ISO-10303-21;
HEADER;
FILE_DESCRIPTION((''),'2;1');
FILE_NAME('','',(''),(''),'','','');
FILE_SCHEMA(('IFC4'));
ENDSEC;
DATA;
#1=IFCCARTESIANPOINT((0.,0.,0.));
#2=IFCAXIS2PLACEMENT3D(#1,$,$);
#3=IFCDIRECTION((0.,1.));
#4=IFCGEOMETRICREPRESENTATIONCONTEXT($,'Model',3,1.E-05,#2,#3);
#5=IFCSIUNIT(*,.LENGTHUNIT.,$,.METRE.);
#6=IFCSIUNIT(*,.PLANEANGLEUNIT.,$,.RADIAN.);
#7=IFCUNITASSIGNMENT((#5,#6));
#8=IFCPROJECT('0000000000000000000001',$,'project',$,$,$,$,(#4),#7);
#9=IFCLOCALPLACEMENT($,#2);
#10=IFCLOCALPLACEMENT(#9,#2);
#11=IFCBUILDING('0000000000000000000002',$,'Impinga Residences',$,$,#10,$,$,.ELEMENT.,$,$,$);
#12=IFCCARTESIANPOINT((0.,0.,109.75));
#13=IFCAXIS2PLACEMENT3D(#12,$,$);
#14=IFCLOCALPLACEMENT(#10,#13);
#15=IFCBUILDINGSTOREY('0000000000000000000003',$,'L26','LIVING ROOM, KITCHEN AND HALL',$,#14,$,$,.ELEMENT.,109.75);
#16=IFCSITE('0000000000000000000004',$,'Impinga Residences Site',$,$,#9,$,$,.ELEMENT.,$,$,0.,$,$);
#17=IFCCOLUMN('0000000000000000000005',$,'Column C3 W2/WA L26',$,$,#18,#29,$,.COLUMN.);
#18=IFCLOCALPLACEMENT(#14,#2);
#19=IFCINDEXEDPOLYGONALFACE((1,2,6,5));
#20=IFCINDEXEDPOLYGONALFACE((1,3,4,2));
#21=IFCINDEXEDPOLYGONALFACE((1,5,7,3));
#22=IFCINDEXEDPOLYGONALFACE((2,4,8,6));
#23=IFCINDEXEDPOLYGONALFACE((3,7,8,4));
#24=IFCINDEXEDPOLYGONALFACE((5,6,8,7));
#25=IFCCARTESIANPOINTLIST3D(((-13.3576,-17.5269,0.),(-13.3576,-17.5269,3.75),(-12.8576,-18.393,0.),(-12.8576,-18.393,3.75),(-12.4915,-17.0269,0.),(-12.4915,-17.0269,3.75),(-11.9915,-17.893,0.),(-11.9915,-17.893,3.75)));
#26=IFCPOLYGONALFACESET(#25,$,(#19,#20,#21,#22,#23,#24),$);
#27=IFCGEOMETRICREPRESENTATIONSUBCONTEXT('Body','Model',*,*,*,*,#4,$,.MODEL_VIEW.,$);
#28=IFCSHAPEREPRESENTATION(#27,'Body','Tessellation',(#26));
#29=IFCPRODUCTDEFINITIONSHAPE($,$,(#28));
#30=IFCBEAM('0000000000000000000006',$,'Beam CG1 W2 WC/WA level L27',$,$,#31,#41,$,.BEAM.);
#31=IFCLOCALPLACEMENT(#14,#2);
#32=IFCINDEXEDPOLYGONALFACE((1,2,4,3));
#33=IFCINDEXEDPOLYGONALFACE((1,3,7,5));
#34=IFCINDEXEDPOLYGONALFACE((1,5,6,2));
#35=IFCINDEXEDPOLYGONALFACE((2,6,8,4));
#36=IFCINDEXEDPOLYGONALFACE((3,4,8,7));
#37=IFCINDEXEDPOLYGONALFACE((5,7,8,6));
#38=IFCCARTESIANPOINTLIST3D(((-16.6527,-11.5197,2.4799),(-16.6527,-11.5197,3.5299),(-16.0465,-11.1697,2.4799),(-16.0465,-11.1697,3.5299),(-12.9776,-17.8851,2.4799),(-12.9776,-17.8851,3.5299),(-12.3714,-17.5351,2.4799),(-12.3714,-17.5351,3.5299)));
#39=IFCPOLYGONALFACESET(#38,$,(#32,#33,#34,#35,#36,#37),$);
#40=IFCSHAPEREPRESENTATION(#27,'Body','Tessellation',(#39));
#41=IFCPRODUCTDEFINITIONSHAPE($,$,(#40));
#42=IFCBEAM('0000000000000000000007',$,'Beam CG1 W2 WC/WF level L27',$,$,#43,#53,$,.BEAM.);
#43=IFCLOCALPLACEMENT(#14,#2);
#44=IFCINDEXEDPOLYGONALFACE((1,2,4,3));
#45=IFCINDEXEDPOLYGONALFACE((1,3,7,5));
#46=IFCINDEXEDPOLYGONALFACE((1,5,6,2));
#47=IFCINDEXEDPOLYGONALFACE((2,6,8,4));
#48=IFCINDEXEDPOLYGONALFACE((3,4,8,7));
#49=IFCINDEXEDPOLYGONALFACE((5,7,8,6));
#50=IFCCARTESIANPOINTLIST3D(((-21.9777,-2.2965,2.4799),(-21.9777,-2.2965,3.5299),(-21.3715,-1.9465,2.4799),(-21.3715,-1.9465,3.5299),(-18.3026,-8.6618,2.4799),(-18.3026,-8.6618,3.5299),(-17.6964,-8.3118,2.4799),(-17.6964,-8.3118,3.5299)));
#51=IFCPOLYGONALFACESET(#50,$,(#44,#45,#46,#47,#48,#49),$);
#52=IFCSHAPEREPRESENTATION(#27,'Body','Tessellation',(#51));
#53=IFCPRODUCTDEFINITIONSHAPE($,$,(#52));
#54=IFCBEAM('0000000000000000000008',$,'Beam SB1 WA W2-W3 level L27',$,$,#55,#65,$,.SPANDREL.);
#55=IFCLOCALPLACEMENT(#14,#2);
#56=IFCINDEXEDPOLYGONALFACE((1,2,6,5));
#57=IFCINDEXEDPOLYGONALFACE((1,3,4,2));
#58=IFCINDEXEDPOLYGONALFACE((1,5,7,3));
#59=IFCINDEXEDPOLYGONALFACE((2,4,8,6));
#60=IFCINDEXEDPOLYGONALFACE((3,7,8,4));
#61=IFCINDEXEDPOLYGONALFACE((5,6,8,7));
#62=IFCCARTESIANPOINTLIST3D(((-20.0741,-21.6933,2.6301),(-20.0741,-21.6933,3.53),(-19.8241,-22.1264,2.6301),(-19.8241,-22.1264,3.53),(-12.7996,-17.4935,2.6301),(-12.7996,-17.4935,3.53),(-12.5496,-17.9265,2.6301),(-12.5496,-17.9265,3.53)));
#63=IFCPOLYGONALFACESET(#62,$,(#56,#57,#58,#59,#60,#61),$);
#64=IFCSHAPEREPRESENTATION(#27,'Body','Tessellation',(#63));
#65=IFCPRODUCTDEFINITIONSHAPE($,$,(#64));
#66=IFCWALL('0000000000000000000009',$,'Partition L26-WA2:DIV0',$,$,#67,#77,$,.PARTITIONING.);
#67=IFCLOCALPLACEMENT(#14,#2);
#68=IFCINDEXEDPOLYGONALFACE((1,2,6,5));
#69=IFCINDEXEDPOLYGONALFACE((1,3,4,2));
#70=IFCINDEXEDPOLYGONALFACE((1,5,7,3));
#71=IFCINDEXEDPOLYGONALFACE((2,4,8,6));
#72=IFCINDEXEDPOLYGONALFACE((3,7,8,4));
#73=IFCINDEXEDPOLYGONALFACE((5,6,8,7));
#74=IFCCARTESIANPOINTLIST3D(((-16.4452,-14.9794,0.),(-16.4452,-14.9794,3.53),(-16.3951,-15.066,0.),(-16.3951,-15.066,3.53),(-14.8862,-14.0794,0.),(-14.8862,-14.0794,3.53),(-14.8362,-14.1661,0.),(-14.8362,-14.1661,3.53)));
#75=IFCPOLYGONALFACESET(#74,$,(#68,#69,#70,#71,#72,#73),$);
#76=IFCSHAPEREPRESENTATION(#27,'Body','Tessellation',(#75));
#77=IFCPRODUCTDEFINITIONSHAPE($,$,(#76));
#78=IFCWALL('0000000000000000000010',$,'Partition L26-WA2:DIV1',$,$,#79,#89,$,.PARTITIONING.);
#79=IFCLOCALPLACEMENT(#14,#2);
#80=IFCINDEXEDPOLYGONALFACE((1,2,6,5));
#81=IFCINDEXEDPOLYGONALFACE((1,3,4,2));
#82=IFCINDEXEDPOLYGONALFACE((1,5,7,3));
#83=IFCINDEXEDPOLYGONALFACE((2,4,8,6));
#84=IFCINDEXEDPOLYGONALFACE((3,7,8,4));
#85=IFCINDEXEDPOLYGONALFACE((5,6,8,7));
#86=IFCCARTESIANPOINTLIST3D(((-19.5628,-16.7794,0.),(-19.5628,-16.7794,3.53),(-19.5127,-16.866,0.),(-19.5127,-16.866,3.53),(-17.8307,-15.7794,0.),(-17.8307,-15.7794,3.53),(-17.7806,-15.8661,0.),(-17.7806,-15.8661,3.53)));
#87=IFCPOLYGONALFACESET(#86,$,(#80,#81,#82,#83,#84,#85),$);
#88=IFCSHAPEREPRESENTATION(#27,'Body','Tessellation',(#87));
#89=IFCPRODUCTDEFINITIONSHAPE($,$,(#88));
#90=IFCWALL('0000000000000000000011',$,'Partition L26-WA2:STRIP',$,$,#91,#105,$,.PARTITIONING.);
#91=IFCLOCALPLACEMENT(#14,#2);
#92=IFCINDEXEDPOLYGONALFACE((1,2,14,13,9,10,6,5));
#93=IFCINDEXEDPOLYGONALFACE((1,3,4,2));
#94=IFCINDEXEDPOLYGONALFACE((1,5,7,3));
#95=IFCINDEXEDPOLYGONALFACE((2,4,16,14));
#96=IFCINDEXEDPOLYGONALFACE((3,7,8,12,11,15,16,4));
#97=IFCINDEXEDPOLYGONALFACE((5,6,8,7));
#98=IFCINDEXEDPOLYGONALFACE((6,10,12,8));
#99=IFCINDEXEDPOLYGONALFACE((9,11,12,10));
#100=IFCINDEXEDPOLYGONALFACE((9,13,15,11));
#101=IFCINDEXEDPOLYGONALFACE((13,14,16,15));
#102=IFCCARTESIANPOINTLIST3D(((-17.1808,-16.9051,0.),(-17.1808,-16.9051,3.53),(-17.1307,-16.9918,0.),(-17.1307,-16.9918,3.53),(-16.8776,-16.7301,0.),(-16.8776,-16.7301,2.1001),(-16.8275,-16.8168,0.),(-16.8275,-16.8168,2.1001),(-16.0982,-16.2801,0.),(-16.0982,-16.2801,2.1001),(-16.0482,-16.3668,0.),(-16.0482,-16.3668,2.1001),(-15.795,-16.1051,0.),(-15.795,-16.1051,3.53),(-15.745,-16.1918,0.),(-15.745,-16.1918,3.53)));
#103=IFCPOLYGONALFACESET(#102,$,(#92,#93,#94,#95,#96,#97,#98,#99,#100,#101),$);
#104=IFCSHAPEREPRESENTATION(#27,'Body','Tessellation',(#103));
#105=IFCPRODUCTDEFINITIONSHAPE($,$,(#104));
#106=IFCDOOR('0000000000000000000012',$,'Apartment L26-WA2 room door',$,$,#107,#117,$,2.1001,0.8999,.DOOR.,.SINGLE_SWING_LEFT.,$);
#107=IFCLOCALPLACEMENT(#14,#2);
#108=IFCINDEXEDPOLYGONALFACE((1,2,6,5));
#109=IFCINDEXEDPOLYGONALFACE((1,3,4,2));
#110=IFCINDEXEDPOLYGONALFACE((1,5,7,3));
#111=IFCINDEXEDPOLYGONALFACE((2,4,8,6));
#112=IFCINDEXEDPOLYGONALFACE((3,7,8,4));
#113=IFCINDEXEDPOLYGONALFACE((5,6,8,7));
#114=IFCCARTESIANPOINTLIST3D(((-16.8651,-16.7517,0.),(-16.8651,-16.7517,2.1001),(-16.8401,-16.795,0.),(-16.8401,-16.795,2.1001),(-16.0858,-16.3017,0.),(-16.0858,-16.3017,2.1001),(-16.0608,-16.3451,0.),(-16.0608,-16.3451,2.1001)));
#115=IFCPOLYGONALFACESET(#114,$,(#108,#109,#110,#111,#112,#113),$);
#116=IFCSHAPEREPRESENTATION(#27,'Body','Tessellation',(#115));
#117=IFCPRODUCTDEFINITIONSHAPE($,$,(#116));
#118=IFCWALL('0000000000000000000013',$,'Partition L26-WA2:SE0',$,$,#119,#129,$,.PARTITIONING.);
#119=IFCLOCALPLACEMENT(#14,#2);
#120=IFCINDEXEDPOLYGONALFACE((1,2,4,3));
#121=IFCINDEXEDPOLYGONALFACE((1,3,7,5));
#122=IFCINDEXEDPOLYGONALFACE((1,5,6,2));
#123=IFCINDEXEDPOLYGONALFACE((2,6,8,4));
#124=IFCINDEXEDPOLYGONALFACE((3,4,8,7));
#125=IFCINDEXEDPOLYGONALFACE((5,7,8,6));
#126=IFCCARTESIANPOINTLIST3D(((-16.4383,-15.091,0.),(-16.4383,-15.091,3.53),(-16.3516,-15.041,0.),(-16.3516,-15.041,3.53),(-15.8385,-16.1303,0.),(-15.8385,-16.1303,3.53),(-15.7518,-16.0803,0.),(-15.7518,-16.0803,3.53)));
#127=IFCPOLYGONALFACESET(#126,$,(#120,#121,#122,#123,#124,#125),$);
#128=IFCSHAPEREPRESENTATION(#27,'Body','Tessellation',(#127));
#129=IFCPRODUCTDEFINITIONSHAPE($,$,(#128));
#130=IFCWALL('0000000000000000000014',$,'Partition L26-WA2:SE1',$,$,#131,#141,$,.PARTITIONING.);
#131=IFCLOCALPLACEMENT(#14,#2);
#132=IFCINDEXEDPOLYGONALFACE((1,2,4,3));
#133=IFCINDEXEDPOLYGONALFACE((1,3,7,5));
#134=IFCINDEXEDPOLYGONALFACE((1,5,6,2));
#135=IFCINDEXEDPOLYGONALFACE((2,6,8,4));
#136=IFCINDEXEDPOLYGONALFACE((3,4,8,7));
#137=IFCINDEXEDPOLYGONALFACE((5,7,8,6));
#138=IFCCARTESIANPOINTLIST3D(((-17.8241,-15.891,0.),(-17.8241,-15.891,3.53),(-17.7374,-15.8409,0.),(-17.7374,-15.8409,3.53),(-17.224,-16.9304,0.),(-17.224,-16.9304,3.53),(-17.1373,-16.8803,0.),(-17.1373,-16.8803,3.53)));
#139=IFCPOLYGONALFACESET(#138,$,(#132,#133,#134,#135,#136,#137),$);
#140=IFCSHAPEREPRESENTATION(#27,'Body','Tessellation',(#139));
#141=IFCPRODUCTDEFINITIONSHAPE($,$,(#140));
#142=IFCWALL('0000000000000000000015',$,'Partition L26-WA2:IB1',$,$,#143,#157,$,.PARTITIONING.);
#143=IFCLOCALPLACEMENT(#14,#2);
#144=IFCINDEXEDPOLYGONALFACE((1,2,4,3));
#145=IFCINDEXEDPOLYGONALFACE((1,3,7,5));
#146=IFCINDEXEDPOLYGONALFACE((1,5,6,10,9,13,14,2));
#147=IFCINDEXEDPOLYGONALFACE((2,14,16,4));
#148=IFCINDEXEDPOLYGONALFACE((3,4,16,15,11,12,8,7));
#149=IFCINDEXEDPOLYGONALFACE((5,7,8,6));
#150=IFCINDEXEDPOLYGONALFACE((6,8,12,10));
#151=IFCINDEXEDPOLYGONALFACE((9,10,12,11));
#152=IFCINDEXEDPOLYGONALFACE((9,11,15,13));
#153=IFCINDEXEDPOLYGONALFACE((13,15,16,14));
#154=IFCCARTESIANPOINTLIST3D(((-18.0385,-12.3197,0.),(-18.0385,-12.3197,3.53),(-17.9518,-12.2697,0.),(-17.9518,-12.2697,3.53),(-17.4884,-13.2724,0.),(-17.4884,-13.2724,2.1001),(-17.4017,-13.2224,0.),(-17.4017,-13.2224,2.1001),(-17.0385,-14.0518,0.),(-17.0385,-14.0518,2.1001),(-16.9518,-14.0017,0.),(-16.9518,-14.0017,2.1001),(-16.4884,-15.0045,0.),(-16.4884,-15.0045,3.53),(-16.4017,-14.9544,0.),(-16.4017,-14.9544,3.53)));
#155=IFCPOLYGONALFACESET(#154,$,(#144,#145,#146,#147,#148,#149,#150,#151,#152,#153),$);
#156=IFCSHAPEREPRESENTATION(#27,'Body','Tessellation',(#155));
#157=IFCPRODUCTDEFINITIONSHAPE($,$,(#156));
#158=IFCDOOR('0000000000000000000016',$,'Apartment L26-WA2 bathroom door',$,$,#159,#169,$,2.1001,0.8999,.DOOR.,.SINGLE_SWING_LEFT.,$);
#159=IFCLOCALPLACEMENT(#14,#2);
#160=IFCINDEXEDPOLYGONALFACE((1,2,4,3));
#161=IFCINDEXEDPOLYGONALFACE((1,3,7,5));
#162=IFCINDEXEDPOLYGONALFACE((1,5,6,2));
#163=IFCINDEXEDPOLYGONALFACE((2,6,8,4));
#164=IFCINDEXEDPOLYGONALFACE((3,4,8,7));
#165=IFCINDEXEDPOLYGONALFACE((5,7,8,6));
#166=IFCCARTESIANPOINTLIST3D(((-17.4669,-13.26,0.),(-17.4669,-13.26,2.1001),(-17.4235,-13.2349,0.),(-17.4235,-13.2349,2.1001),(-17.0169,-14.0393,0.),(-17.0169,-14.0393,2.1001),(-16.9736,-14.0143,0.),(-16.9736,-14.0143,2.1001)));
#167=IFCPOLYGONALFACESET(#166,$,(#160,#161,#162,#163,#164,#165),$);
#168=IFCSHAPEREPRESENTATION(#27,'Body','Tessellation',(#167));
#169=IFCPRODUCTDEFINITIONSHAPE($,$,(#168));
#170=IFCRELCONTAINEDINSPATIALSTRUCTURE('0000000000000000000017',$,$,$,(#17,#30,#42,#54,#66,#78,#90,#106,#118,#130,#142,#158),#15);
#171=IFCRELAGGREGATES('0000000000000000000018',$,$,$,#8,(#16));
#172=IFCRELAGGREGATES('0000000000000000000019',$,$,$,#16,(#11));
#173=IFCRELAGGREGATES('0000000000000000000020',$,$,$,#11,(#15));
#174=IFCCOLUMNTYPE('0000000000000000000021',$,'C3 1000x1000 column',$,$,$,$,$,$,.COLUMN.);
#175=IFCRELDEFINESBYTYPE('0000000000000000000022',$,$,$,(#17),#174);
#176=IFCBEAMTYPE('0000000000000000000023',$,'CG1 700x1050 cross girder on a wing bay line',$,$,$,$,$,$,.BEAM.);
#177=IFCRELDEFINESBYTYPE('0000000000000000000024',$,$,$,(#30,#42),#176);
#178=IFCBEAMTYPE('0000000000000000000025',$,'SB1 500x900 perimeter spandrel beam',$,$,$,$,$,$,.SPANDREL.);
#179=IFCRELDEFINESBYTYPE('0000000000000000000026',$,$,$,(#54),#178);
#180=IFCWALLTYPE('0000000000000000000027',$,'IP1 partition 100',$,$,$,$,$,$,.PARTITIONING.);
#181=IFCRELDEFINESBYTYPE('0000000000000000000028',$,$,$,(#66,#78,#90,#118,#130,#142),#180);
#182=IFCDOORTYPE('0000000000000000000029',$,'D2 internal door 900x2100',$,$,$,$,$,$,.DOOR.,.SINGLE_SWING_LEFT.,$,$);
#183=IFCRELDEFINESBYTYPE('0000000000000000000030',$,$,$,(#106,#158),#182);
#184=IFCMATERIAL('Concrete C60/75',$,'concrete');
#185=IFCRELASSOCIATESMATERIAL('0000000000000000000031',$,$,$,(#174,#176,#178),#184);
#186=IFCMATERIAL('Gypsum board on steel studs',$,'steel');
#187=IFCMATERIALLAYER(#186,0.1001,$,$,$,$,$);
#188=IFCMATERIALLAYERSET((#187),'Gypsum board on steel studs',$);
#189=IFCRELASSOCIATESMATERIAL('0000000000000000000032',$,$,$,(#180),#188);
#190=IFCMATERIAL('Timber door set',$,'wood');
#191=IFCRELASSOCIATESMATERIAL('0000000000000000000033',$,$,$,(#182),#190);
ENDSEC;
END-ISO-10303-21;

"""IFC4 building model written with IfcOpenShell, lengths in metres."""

from ifc_helpers import new_model, si_unit, direction, frame, frame_2d, origin, origin_2d, place, context, subcontext, project, spatial, rectangle, extrude, material, layer, layer_set, material_profile, profile_set, type_object, element, fill, save


model = new_model("IFC4")

# Units and contexts
model_context = context("Model", 3, precision=1e-05, world=origin(), true_north=direction((0.0, 1.0)))
body_context = subcontext(model_context, "Body", "Model", "MODEL_VIEW")
ifc_project = project(units=[si_unit("LENGTHUNIT", "METRE"), si_unit("PLANEANGLEUNIT", "RADIAN")], contexts=[model_context])

# Site, building, storey
site_placement = place(None, origin())
site = spatial("IfcSite", under=ifc_project, at=site_placement, Name="Impinga Residences Site", CompositionType="ELEMENT", RefElevation=0.0)
building_placement = place(site_placement, origin())
building = spatial("IfcBuilding", under=site, at=building_placement, Name="Impinga Residences", CompositionType="ELEMENT")
storey_placement = place(building_placement, frame((0.0, 0.0, 109.75)))
storey = spatial("IfcBuildingStorey", under=building, at=storey_placement, Name="L26", Description="LIVING ROOM, KITCHEN AND HALL", CompositionType="ELEMENT", Elevation=109.75)

# Column
ifc_material_1 = material(Name="Concrete C60/75", Category="concrete")
ifc_material_profile_1 = material_profile(ifc_material_1, rectangle(XDim=1.0, YDim=1.0, at=origin_2d()), Name="RC 1000x1000")
ifc_profile_set_1 = profile_set([ifc_material_profile_1], Name="Concrete C60/75")
column_type = type_object("IfcColumnType", Name="C3 1000x1000 column", PredefinedType="COLUMN", material=ifc_profile_set_1)
column_placement = place(storey_placement, frame((-12.6746, -17.71, 0.0), z_axis=(0.0, 0.0, 1.0), x_axis=(-0.5, 0.866025, 0.0)))
element("IfcColumn", 1, at=column_placement, inside=storey, type_object=column_type, Name="Column C3 W2/WA L26", PredefinedType="COLUMN", context=body_context, shape_type="SweptSolid", body=[
    extrude(rectangle(XDim=1.0, YDim=1.0, at=origin_2d()), origin(), (0.0, 0.0, 1.0), 3.75),
])

# Beams
ifc_material_profile_2 = material_profile(ifc_material_1, rectangle(XDim=0.7, YDim=1.05, at=origin_2d()), Name="RC 700x1050")
ifc_profile_set_2 = profile_set([ifc_material_profile_2], Name="Concrete C60/75")
beam_type_1 = type_object("IfcBeamType", Name="CG1 700x1050 cross girder on a wing bay line", PredefinedType="BEAM", material=ifc_profile_set_2)
for number, where, z_axis, x_axis, name in (
    (2, (-16.3496, -11.3447, 3.0049), (0.500008, -0.866021, 0.0), (0.866021, 0.500008, 0.0), "Beam CG1 W2 WC/WA level L27"),
    (3, (-17.9995, -8.4868, 3.0049), (-0.500008, 0.866021, 0.0), (-0.866021, -0.500008, 0.0), "Beam CG1 W2 WC/WF level L27"),
):
    element("IfcBeam", number, at=place(storey_placement, frame(where, z_axis=z_axis, x_axis=x_axis)), inside=storey, type_object=beam_type_1, Name=name, PredefinedType="BEAM", context=body_context, shape_type="SweptSolid", body=[
        extrude(rectangle(XDim=0.7, YDim=1.05, at=origin_2d()), origin(), (0.0, 0.0, 1.0), 7.3501),
    ])
ifc_material_profile_3 = material_profile(ifc_material_1, rectangle(XDim=0.5, YDim=0.8999, at=origin_2d()), Name="RC 500x900")
ifc_profile_set_3 = profile_set([ifc_material_profile_3], Name="Concrete C60/75")
beam_type_2 = type_object("IfcBeamType", Name="SB1 500x900 perimeter spandrel beam", PredefinedType="SPANDREL", material=ifc_profile_set_3)
beam_placement = place(storey_placement, frame((-12.6746, -17.71, 3.0801), z_axis=(-0.866029, -0.499993, 0.0), x_axis=(0.499993, -0.866029, 0.0)))
element("IfcBeam", 4, at=beam_placement, inside=storey, type_object=beam_type_2, Name="Beam SB1 WA W2-W3 level L27", PredefinedType="SPANDREL", context=body_context, shape_type="SweptSolid", body=[
    extrude(rectangle(XDim=0.5, YDim=0.8999, at=origin_2d()), origin(), (0.0, 0.0, 1.0), 8.3999),
])

# Walls
ifc_material_2 = material(Name="Gypsum board on steel studs", Category="steel")
ifc_layer_1 = layer(ifc_material_2, 0.1001)
ifc_layer_set_1 = layer_set([ifc_layer_1], Name="Gypsum board on steel studs")
wall_type_1 = type_object("IfcWallType", Name="IP1 partition 100", PredefinedType="PARTITIONING", material=ifc_layer_set_1)
wall_1_placement = place(storey_placement, frame((-14.8613, -14.1228, 0.0), z_axis=(0.0, 0.0, 1.0), x_axis=(-0.866048, -0.499961, 0.0)))
element("IfcWall", 5, at=wall_1_placement, inside=storey, type_object=wall_type_1, Name="Partition L26-WA2:DIV0", PredefinedType="PARTITIONING", context=body_context, shape_type="SweptSolid", body=[
    extrude(rectangle(XDim=1.8, YDim=0.1001, at=frame_2d((0.8999, 0.0))), origin(), (0.0, 0.0, 1.0), 3.53),
])
wall_2_placement = place(storey_placement, frame((-17.8057, -15.8228, 0.0), z_axis=(0.0, 0.0, 1.0), x_axis=(-0.866041, -0.499973, 0.0)))
element("IfcWall", 6, at=wall_2_placement, inside=storey, type_object=wall_type_1, Name="Partition L26-WA2:DIV1", PredefinedType="PARTITIONING", context=body_context, shape_type="SweptSolid", body=[
    extrude(rectangle(XDim=2.0, YDim=0.1001, at=frame_2d((1.0, 0.0))), origin(), (0.0, 0.0, 1.0), 3.53),
])

# Wall, opening, door
wall_3_placement = place(storey_placement, frame((-15.77, -16.1484, 0.0), z_axis=(0.0, 0.0, 1.0), x_axis=(-0.866028, -0.499995, 0.0)))
wall_3 = element("IfcWall", 7, at=wall_3_placement, inside=storey, type_object=wall_type_1, Name="Partition L26-WA2:STRIP", PredefinedType="PARTITIONING", context=body_context, shape_type="SweptSolid", body=[
    extrude(rectangle(XDim=1.6001, YDim=0.1001, at=frame_2d((0.8, 0.0))), origin(), (0.0, 0.0, 1.0), 3.53),
])
opening_1_placement = place(wall_3_placement, frame((0.3501, 0.0, 0.0)))
opening_1 = element("IfcOpeningElement", 8, at=opening_1_placement, cuts=wall_3, PredefinedType="OPENING", context=body_context, shape_type="SweptSolid", body=[
    extrude(rectangle(XDim=0.8999, YDim=2.1001, at=frame_2d((0.45, 1.05))), frame((0.0, 0.0601, 0.0), z_axis=(0.0, -1.0, 0.0), x_axis=(1.0, 0.0, 0.0)), (0.0, 0.0, 1.0), 0.1201),
])
ifc_material_3 = material(Name="Timber door set", Category="wood")
door_type = type_object("IfcDoorType", Name="D2 internal door 900x2100", OperationType="SINGLE_SWING_LEFT", PredefinedType="DOOR", material=ifc_material_3)
door_1_placement = place(opening_1_placement, origin())
door_1 = element("IfcDoor", 9, at=door_1_placement, inside=storey, type_object=door_type, Name="Apartment L26-WA2 room door", OperationType="SINGLE_SWING_LEFT", OverallHeight=2.1001, OverallWidth=0.8999, PredefinedType="DOOR", context=body_context, shape_type="SweptSolid", body=[
    extrude(rectangle(XDim=0.8999, YDim=2.1001, at=frame_2d((0.45, 1.05))), frame((0.0, 0.0249, 0.0), z_axis=(0.0, -1.0, 0.0), x_axis=(1.0, 0.0, 0.0)), (0.0, 0.0, 1.0), 0.05),
])
fill(opening_1, door_1)

# Walls
wall_4_placement = place(storey_placement, frame((-16.395, -15.0659, 0.0), z_axis=(0.0, 0.0, 1.0), x_axis=(0.499881, -0.866094, 0.0)))
element("IfcWall", 10, at=wall_4_placement, inside=storey, type_object=wall_type_1, Name="Partition L26-WA2:SE0", PredefinedType="PARTITIONING", context=body_context, shape_type="SweptSolid", body=[
    extrude(rectangle(XDim=1.2, YDim=0.1001, at=frame_2d((0.6001, 0.0))), origin(), (0.0, 0.0, 1.0), 3.53),
])
wall_5_placement = place(storey_placement, frame((-17.7808, -15.866, 0.0), z_axis=(0.0, 0.0, 1.0), x_axis=(0.500034, -0.866006, 0.0)))
element("IfcWall", 11, at=wall_5_placement, inside=storey, type_object=wall_type_1, Name="Partition L26-WA2:SE1", PredefinedType="PARTITIONING", context=body_context, shape_type="SweptSolid", body=[
    extrude(rectangle(XDim=1.2002, YDim=0.1001, at=frame_2d((0.6001, 0.0))), origin(), (0.0, 0.0, 1.0), 3.53),
])

# Wall, opening, door
wall_6_placement = place(storey_placement, frame((-17.9951, -12.2947, 0.0), z_axis=(0.0, 0.0, 1.0), x_axis=(0.499993, -0.86603, 0.0)))
wall_6 = element("IfcWall", 12, at=wall_6_placement, inside=storey, type_object=wall_type_1, Name="Partition L26-WA2:IB1", PredefinedType="PARTITIONING", context=body_context, shape_type="SweptSolid", body=[
    extrude(rectangle(XDim=3.1001, YDim=0.1001, at=frame_2d((1.55, 0.0))), origin(), (0.0, 0.0, 1.0), 3.53),
])
opening_2_placement = place(wall_6_placement, frame((1.1001, 0.0, 0.0)))
opening_2 = element("IfcOpeningElement", 13, at=opening_2_placement, cuts=wall_6, PredefinedType="OPENING", context=body_context, shape_type="SweptSolid", body=[
    extrude(rectangle(XDim=0.8999, YDim=2.1001, at=frame_2d((0.45, 1.05))), frame((0.0, 0.0601, 0.0), z_axis=(0.0, -1.0, 0.0), x_axis=(1.0, 0.0, 0.0)), (0.0, 0.0, 1.0), 0.1201),
])
door_2_placement = place(opening_2_placement, origin())
door_2 = element("IfcDoor", 14, at=door_2_placement, inside=storey, type_object=door_type, Name="Apartment L26-WA2 bathroom door", OperationType="SINGLE_SWING_LEFT", OverallHeight=2.1001, OverallWidth=0.8999, PredefinedType="DOOR", context=body_context, shape_type="SweptSolid", body=[
    extrude(rectangle(XDim=0.8999, YDim=2.1001, at=frame_2d((0.45, 1.05))), frame((0.0, 0.0249, 0.0), z_axis=(0.0, -1.0, 0.0), x_axis=(1.0, 0.0, 0.0)), (0.0, 0.0, 1.0), 0.05),
])
fill(opening_2, door_2)

save(model, "model.ifc")
